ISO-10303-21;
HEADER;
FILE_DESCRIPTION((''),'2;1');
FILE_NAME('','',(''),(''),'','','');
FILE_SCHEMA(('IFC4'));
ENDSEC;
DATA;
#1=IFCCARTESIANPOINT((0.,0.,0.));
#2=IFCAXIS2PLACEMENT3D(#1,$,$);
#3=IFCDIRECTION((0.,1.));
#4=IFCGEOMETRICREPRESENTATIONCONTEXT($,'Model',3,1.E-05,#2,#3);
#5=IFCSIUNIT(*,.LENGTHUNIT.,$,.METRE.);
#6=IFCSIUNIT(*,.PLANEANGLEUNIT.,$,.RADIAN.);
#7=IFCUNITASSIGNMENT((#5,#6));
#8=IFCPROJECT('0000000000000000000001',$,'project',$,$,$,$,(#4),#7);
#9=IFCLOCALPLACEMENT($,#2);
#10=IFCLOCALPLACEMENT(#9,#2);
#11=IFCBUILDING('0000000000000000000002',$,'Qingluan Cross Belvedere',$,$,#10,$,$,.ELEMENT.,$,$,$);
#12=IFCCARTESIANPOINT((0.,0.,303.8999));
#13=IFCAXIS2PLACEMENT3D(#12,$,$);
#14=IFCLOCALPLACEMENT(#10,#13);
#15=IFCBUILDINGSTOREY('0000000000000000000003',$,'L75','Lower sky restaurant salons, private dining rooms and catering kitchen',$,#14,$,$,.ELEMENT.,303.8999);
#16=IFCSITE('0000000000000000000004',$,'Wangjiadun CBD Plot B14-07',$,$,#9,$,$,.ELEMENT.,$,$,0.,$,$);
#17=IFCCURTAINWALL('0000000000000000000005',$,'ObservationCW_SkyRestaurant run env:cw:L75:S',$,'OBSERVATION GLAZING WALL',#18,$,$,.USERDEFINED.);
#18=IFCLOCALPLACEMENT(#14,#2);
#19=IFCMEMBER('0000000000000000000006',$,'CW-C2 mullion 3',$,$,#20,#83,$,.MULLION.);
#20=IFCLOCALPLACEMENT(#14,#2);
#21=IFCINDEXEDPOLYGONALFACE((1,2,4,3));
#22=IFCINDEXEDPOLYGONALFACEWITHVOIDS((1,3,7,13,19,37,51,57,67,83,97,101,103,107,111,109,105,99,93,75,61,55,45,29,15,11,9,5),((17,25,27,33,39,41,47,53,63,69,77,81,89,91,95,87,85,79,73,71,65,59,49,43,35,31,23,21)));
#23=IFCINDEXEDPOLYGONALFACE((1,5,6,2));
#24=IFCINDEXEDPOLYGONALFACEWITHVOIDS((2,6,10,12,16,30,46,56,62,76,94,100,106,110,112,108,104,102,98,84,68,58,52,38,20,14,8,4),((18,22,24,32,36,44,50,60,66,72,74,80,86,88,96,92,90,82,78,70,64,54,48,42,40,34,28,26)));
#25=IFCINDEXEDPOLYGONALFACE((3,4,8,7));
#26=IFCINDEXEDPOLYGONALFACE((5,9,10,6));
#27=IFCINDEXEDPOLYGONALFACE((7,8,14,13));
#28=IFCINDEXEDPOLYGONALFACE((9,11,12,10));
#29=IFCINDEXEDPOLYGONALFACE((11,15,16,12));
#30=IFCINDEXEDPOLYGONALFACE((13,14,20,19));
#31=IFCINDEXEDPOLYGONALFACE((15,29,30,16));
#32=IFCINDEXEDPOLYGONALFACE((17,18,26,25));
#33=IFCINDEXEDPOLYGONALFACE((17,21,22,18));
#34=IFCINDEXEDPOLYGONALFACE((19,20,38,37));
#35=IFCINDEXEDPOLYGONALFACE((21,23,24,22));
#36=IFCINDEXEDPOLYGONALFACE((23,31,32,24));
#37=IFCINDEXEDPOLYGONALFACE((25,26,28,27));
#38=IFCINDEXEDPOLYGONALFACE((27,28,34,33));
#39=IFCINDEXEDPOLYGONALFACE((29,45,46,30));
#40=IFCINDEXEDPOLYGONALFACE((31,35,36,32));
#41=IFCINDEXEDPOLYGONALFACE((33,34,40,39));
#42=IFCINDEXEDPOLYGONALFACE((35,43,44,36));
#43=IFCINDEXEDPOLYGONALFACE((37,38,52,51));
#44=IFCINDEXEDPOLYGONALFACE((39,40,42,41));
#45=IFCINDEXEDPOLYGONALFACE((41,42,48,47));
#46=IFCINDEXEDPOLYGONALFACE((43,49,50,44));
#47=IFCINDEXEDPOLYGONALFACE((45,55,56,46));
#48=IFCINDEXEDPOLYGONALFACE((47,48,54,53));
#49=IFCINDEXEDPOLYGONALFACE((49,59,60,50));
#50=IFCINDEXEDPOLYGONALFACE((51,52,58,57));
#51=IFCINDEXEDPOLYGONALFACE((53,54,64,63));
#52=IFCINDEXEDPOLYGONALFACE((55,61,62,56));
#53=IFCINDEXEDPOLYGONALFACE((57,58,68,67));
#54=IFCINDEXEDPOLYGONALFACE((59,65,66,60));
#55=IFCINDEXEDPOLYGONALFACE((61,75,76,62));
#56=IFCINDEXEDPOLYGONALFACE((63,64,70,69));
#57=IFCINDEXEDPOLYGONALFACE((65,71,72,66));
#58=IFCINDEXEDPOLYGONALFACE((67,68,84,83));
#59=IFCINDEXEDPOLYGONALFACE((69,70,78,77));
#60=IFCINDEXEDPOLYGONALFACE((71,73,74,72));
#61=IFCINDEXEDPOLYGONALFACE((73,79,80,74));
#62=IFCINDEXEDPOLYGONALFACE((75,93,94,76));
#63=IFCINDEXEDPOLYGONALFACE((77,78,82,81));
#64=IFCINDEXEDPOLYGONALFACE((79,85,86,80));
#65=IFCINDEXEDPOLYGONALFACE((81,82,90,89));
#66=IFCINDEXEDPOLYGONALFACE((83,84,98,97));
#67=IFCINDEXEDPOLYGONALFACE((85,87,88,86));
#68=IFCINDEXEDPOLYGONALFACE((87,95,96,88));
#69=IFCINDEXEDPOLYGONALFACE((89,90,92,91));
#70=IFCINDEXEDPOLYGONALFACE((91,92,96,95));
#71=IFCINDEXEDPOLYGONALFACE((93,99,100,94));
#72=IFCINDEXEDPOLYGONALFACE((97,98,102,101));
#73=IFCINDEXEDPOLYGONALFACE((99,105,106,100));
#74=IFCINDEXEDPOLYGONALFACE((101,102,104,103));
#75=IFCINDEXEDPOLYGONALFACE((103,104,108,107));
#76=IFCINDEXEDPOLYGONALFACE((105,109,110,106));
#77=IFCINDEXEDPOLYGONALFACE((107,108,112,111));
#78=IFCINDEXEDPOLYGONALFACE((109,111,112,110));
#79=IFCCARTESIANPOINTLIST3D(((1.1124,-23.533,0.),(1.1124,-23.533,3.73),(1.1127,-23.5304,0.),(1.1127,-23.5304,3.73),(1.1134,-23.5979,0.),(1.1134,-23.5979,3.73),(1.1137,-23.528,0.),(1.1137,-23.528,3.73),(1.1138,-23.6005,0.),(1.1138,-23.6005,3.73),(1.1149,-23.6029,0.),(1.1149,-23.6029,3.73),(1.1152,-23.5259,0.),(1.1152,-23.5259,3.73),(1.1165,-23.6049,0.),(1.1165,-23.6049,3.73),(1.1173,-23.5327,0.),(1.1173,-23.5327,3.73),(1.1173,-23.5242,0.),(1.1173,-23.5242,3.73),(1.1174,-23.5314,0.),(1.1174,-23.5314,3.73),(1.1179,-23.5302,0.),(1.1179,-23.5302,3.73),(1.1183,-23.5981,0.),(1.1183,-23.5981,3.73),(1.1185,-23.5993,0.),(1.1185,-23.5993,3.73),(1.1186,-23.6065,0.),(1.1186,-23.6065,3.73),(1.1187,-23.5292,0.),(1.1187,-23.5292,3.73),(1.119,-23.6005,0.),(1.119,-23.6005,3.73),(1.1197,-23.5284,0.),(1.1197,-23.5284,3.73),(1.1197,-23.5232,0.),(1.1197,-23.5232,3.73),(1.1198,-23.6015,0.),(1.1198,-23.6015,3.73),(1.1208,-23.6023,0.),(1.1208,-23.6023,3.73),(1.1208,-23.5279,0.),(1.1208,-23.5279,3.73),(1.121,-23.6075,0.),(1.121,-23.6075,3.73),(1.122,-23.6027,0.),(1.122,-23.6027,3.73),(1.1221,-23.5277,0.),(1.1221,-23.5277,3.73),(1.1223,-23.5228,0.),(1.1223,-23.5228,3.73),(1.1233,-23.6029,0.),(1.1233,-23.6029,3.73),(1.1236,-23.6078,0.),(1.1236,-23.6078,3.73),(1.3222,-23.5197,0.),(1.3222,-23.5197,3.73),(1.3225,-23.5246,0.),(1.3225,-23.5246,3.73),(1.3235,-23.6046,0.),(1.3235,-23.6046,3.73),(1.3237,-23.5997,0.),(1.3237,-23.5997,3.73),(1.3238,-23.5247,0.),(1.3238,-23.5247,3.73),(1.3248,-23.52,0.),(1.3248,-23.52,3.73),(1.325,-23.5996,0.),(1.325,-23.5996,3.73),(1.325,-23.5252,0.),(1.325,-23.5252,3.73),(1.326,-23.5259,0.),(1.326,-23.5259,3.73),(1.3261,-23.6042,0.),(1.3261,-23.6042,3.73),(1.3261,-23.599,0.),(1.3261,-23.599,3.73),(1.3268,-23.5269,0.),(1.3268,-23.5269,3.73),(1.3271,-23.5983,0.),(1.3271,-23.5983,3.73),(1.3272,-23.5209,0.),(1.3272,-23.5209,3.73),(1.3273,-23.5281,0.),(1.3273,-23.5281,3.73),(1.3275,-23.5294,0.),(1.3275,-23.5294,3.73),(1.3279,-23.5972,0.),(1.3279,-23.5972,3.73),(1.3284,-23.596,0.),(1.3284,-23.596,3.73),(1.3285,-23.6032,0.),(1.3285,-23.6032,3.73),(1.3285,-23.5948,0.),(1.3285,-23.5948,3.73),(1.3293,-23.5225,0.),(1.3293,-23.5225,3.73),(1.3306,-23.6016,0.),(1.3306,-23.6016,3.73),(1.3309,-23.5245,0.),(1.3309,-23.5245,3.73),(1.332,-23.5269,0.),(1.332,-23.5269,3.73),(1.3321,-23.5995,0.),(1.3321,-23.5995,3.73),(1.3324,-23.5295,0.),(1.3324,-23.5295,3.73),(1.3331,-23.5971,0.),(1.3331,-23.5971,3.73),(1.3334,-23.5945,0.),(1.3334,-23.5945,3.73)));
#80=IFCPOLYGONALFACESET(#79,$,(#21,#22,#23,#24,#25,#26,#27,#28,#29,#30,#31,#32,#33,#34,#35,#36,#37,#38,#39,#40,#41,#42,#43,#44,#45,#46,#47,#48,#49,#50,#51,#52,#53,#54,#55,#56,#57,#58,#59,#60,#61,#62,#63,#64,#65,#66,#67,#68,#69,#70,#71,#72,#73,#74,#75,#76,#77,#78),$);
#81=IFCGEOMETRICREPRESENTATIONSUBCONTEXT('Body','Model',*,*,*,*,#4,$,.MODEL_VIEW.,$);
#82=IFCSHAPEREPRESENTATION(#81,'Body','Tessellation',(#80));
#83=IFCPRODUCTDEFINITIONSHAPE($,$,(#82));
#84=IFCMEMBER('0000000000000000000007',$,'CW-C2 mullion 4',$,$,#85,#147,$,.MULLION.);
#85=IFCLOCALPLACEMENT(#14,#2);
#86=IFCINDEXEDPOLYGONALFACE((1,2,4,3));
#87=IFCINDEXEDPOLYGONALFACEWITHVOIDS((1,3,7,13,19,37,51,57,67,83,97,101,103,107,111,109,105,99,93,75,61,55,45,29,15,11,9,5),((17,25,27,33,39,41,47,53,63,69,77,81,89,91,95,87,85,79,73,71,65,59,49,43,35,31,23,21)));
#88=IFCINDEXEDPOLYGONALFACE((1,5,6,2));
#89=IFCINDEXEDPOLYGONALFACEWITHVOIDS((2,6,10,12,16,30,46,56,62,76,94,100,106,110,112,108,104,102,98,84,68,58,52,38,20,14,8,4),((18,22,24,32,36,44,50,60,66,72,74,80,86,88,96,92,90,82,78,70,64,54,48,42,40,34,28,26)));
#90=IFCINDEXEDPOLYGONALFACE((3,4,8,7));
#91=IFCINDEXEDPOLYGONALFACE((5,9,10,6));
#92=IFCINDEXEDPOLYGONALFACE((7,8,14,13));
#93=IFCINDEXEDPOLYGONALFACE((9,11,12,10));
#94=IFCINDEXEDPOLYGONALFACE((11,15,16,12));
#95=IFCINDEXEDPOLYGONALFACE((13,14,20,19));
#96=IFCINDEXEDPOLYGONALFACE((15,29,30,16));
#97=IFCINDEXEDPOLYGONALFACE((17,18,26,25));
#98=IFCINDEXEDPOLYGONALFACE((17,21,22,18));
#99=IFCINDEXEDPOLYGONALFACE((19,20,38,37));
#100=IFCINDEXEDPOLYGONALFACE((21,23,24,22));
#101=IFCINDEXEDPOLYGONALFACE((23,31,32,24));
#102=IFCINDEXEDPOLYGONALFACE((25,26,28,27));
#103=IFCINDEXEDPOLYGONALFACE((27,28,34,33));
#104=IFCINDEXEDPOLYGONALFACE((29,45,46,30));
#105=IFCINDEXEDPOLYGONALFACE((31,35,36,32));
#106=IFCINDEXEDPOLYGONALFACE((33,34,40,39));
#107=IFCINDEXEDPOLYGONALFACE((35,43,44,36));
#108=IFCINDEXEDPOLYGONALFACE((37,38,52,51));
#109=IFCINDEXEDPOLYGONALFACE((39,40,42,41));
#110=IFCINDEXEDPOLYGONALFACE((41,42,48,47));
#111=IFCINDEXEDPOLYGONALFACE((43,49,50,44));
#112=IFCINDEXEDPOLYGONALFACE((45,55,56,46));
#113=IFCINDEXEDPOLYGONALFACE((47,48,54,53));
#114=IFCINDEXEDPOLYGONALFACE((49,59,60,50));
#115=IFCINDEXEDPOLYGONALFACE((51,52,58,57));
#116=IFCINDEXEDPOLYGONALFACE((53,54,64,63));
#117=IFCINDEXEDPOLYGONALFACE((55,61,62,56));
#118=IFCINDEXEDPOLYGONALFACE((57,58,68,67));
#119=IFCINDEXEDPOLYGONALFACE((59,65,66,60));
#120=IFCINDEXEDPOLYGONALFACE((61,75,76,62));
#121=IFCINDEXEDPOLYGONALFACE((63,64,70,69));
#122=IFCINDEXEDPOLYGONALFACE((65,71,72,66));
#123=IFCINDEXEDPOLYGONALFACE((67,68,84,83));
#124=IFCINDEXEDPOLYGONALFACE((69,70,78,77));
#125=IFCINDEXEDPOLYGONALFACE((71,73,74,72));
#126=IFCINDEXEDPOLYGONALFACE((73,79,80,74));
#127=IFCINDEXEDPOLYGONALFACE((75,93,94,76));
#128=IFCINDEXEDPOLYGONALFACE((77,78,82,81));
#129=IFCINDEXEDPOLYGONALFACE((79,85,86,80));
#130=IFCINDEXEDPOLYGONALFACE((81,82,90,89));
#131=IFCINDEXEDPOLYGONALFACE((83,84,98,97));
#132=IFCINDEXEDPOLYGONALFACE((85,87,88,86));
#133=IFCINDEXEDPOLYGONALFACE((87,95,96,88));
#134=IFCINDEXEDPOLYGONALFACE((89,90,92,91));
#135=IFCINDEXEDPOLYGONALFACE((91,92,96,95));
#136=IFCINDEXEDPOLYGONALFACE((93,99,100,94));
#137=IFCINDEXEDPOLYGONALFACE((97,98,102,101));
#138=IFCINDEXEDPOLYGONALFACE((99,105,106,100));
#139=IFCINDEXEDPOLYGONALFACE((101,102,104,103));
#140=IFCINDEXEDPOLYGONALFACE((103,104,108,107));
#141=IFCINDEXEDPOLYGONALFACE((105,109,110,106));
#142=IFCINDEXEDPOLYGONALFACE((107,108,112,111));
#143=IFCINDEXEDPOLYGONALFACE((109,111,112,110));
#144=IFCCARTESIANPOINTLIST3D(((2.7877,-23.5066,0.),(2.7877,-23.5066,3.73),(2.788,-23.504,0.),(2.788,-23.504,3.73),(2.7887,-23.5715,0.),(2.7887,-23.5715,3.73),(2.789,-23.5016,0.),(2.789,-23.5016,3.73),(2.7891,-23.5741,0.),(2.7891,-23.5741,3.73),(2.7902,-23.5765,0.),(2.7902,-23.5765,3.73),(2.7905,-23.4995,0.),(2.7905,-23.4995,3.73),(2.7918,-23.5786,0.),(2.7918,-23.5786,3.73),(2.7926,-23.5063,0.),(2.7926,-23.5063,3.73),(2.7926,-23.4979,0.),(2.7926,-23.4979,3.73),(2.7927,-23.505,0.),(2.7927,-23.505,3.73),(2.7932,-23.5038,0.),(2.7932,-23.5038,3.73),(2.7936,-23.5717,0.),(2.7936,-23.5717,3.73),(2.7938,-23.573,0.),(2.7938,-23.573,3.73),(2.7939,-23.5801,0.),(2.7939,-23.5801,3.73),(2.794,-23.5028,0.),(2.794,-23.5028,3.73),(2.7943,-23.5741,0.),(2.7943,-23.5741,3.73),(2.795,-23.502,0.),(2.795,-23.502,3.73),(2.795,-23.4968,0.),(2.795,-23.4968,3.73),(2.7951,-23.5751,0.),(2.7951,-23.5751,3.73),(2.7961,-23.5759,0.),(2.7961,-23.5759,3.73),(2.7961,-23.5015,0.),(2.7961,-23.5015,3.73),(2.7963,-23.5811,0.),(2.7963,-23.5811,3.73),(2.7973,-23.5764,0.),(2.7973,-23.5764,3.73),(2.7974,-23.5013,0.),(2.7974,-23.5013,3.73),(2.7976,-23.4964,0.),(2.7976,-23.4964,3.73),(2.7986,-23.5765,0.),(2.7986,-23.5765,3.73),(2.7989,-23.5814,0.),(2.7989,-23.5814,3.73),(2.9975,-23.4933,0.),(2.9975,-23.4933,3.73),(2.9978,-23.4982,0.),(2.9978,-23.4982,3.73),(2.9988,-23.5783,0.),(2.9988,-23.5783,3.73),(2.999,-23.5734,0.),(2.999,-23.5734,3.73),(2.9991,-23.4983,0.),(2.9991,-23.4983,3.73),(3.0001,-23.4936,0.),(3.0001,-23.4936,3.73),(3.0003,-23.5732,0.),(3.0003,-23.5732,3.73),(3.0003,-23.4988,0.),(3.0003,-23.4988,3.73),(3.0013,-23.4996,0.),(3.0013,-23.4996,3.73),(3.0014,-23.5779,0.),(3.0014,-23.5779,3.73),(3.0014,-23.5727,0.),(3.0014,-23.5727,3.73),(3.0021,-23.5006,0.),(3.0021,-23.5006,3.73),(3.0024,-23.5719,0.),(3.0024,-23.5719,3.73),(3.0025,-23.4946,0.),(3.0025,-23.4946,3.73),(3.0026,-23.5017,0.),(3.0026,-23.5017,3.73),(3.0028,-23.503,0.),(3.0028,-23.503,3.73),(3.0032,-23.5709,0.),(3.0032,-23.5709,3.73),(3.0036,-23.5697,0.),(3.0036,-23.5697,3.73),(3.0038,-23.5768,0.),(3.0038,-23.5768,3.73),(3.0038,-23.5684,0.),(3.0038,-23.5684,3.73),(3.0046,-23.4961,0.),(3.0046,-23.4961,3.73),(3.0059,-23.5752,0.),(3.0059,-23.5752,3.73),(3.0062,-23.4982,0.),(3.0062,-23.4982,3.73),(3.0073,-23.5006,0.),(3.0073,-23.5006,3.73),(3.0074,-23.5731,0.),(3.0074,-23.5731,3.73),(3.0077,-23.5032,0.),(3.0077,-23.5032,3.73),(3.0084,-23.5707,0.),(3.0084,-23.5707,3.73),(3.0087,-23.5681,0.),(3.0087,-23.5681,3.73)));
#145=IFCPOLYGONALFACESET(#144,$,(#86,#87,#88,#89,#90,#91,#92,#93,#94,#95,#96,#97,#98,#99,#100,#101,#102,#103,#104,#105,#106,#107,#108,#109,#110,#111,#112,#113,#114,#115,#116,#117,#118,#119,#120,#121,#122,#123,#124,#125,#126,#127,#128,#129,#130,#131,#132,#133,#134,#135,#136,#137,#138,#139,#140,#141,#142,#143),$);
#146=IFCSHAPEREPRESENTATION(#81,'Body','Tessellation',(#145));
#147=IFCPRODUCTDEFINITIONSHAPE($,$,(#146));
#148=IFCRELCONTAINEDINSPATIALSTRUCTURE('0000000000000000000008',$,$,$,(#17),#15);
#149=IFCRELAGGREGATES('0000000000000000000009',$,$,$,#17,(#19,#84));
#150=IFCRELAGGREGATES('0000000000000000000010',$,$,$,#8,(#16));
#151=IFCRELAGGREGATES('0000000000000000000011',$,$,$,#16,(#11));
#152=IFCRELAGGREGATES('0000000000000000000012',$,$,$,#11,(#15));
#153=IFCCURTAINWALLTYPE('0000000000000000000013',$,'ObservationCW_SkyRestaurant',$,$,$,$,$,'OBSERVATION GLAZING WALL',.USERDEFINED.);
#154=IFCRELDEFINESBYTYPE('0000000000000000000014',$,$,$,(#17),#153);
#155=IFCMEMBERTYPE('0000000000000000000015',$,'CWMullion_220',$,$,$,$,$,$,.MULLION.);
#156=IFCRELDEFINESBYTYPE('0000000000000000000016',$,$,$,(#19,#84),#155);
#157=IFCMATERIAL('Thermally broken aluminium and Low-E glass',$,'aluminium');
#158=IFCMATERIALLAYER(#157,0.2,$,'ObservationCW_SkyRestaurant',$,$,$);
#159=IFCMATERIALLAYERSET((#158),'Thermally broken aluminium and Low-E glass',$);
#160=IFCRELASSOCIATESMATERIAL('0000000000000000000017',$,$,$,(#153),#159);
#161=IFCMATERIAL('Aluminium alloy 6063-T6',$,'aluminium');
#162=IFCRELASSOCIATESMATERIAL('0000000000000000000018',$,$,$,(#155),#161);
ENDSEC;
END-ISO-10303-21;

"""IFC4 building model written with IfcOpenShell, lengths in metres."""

from ifc_helpers import new_model, si_unit, direction, frame, origin, origin_2d, place, context, subcontext, project, spatial, hollow_rectangle, extrude, material, layer, layer_set, material_profile, profile_set, type_object, element, aggregate, save


model = new_model("IFC4")

# Units and contexts
model_context = context("Model", 3, precision=1e-05, world=origin(), true_north=direction((0.0, 1.0)))
body_context = subcontext(model_context, "Body", "Model", "MODEL_VIEW")
ifc_project = project(units=[si_unit("LENGTHUNIT", "METRE"), si_unit("PLANEANGLEUNIT", "RADIAN")], contexts=[model_context])

# Site, building, storey
site_placement = place(None, origin())
site = spatial("IfcSite", under=ifc_project, at=site_placement, Name="Wangjiadun CBD Plot B14-07", CompositionType="ELEMENT", RefElevation=0.0)
building_placement = place(site_placement, origin())
building = spatial("IfcBuilding", under=site, at=building_placement, Name="Qingluan Cross Belvedere", CompositionType="ELEMENT")
storey_placement = place(building_placement, frame((0.0, 0.0, 303.8999)))
storey = spatial("IfcBuildingStorey", under=building, at=storey_placement, Name="L75", Description="Lower sky restaurant salons, private dining rooms and catering kitchen", CompositionType="ELEMENT", Elevation=303.8999)

# Curtain wall, members
ifc_material_1 = material(Name="Thermally broken aluminium and Low-E glass", Category="aluminium")
ifc_layer_1 = layer(ifc_material_1, 0.2, Name="ObservationCW_SkyRestaurant")
ifc_layer_set_1 = layer_set([ifc_layer_1], Name="Thermally broken aluminium and Low-E glass")
curtain_wall_type = type_object("IfcCurtainWallType", Name="ObservationCW_SkyRestaurant", ElementType="OBSERVATION GLAZING WALL", PredefinedType="USERDEFINED", material=ifc_layer_set_1)
curtain_wall_placement = place(storey_placement, origin())
curtain_wall = element("IfcCurtainWall", 1, at=curtain_wall_placement, inside=storey, type_object=curtain_wall_type, Name="ObservationCW_SkyRestaurant run env:cw:L75:S", ObjectType="OBSERVATION GLAZING WALL", PredefinedType="USERDEFINED")
ifc_material_2 = material(Name="Aluminium alloy 6063-T6", Category="aluminium")
ifc_material_profile_1 = material_profile(ifc_material_2, hollow_rectangle(XDim=0.085, YDim=0.22, WallThickness=0.0049, InnerFilletRadius=0.0049, OuterFilletRadius=0.01, at=origin_2d()), Name="CWM220x85x5")
ifc_profile_set_1 = profile_set([ifc_material_profile_1], Name="Aluminium alloy 6063-T6")
member_type_1 = type_object("IfcMemberType", Name="CWMullion_220", PredefinedType="MULLION", material=ifc_profile_set_1)
member_1_placement = place(storey_placement, frame((1.2229, -23.5637, 0.0), z_axis=(0.0, 0.0, 1.0), x_axis=(-0.015696, 0.999877, 0.0)))
member_1 = element("IfcMember", 2, at=member_1_placement, type_object=member_type_1, Name="CW-C2 mullion 3", PredefinedType="MULLION", context=body_context, shape_type="SweptSolid", body=[
    extrude(hollow_rectangle(XDim=0.085, YDim=0.22, WallThickness=0.0049, InnerFilletRadius=0.0049, OuterFilletRadius=0.01, at=origin_2d()), origin(), (0.0, 0.0, 1.0), 3.73),
])
member_2_placement = place(storey_placement, frame((2.8982, -23.5374, 0.0), z_axis=(0.0, 0.0, 1.0), x_axis=(-0.015696, 0.999877, 0.0)))
member_2 = element("IfcMember", 3, at=member_2_placement, type_object=member_type_1, Name="CW-C2 mullion 4", PredefinedType="MULLION", context=body_context, shape_type="SweptSolid", body=[
    extrude(hollow_rectangle(XDim=0.085, YDim=0.22, WallThickness=0.0049, InnerFilletRadius=0.0049, OuterFilletRadius=0.01, at=origin_2d()), origin(), (0.0, 0.0, 1.0), 3.73),
])
aggregate(curtain_wall, [member_1, member_2])

save(model, "model.ifc")
